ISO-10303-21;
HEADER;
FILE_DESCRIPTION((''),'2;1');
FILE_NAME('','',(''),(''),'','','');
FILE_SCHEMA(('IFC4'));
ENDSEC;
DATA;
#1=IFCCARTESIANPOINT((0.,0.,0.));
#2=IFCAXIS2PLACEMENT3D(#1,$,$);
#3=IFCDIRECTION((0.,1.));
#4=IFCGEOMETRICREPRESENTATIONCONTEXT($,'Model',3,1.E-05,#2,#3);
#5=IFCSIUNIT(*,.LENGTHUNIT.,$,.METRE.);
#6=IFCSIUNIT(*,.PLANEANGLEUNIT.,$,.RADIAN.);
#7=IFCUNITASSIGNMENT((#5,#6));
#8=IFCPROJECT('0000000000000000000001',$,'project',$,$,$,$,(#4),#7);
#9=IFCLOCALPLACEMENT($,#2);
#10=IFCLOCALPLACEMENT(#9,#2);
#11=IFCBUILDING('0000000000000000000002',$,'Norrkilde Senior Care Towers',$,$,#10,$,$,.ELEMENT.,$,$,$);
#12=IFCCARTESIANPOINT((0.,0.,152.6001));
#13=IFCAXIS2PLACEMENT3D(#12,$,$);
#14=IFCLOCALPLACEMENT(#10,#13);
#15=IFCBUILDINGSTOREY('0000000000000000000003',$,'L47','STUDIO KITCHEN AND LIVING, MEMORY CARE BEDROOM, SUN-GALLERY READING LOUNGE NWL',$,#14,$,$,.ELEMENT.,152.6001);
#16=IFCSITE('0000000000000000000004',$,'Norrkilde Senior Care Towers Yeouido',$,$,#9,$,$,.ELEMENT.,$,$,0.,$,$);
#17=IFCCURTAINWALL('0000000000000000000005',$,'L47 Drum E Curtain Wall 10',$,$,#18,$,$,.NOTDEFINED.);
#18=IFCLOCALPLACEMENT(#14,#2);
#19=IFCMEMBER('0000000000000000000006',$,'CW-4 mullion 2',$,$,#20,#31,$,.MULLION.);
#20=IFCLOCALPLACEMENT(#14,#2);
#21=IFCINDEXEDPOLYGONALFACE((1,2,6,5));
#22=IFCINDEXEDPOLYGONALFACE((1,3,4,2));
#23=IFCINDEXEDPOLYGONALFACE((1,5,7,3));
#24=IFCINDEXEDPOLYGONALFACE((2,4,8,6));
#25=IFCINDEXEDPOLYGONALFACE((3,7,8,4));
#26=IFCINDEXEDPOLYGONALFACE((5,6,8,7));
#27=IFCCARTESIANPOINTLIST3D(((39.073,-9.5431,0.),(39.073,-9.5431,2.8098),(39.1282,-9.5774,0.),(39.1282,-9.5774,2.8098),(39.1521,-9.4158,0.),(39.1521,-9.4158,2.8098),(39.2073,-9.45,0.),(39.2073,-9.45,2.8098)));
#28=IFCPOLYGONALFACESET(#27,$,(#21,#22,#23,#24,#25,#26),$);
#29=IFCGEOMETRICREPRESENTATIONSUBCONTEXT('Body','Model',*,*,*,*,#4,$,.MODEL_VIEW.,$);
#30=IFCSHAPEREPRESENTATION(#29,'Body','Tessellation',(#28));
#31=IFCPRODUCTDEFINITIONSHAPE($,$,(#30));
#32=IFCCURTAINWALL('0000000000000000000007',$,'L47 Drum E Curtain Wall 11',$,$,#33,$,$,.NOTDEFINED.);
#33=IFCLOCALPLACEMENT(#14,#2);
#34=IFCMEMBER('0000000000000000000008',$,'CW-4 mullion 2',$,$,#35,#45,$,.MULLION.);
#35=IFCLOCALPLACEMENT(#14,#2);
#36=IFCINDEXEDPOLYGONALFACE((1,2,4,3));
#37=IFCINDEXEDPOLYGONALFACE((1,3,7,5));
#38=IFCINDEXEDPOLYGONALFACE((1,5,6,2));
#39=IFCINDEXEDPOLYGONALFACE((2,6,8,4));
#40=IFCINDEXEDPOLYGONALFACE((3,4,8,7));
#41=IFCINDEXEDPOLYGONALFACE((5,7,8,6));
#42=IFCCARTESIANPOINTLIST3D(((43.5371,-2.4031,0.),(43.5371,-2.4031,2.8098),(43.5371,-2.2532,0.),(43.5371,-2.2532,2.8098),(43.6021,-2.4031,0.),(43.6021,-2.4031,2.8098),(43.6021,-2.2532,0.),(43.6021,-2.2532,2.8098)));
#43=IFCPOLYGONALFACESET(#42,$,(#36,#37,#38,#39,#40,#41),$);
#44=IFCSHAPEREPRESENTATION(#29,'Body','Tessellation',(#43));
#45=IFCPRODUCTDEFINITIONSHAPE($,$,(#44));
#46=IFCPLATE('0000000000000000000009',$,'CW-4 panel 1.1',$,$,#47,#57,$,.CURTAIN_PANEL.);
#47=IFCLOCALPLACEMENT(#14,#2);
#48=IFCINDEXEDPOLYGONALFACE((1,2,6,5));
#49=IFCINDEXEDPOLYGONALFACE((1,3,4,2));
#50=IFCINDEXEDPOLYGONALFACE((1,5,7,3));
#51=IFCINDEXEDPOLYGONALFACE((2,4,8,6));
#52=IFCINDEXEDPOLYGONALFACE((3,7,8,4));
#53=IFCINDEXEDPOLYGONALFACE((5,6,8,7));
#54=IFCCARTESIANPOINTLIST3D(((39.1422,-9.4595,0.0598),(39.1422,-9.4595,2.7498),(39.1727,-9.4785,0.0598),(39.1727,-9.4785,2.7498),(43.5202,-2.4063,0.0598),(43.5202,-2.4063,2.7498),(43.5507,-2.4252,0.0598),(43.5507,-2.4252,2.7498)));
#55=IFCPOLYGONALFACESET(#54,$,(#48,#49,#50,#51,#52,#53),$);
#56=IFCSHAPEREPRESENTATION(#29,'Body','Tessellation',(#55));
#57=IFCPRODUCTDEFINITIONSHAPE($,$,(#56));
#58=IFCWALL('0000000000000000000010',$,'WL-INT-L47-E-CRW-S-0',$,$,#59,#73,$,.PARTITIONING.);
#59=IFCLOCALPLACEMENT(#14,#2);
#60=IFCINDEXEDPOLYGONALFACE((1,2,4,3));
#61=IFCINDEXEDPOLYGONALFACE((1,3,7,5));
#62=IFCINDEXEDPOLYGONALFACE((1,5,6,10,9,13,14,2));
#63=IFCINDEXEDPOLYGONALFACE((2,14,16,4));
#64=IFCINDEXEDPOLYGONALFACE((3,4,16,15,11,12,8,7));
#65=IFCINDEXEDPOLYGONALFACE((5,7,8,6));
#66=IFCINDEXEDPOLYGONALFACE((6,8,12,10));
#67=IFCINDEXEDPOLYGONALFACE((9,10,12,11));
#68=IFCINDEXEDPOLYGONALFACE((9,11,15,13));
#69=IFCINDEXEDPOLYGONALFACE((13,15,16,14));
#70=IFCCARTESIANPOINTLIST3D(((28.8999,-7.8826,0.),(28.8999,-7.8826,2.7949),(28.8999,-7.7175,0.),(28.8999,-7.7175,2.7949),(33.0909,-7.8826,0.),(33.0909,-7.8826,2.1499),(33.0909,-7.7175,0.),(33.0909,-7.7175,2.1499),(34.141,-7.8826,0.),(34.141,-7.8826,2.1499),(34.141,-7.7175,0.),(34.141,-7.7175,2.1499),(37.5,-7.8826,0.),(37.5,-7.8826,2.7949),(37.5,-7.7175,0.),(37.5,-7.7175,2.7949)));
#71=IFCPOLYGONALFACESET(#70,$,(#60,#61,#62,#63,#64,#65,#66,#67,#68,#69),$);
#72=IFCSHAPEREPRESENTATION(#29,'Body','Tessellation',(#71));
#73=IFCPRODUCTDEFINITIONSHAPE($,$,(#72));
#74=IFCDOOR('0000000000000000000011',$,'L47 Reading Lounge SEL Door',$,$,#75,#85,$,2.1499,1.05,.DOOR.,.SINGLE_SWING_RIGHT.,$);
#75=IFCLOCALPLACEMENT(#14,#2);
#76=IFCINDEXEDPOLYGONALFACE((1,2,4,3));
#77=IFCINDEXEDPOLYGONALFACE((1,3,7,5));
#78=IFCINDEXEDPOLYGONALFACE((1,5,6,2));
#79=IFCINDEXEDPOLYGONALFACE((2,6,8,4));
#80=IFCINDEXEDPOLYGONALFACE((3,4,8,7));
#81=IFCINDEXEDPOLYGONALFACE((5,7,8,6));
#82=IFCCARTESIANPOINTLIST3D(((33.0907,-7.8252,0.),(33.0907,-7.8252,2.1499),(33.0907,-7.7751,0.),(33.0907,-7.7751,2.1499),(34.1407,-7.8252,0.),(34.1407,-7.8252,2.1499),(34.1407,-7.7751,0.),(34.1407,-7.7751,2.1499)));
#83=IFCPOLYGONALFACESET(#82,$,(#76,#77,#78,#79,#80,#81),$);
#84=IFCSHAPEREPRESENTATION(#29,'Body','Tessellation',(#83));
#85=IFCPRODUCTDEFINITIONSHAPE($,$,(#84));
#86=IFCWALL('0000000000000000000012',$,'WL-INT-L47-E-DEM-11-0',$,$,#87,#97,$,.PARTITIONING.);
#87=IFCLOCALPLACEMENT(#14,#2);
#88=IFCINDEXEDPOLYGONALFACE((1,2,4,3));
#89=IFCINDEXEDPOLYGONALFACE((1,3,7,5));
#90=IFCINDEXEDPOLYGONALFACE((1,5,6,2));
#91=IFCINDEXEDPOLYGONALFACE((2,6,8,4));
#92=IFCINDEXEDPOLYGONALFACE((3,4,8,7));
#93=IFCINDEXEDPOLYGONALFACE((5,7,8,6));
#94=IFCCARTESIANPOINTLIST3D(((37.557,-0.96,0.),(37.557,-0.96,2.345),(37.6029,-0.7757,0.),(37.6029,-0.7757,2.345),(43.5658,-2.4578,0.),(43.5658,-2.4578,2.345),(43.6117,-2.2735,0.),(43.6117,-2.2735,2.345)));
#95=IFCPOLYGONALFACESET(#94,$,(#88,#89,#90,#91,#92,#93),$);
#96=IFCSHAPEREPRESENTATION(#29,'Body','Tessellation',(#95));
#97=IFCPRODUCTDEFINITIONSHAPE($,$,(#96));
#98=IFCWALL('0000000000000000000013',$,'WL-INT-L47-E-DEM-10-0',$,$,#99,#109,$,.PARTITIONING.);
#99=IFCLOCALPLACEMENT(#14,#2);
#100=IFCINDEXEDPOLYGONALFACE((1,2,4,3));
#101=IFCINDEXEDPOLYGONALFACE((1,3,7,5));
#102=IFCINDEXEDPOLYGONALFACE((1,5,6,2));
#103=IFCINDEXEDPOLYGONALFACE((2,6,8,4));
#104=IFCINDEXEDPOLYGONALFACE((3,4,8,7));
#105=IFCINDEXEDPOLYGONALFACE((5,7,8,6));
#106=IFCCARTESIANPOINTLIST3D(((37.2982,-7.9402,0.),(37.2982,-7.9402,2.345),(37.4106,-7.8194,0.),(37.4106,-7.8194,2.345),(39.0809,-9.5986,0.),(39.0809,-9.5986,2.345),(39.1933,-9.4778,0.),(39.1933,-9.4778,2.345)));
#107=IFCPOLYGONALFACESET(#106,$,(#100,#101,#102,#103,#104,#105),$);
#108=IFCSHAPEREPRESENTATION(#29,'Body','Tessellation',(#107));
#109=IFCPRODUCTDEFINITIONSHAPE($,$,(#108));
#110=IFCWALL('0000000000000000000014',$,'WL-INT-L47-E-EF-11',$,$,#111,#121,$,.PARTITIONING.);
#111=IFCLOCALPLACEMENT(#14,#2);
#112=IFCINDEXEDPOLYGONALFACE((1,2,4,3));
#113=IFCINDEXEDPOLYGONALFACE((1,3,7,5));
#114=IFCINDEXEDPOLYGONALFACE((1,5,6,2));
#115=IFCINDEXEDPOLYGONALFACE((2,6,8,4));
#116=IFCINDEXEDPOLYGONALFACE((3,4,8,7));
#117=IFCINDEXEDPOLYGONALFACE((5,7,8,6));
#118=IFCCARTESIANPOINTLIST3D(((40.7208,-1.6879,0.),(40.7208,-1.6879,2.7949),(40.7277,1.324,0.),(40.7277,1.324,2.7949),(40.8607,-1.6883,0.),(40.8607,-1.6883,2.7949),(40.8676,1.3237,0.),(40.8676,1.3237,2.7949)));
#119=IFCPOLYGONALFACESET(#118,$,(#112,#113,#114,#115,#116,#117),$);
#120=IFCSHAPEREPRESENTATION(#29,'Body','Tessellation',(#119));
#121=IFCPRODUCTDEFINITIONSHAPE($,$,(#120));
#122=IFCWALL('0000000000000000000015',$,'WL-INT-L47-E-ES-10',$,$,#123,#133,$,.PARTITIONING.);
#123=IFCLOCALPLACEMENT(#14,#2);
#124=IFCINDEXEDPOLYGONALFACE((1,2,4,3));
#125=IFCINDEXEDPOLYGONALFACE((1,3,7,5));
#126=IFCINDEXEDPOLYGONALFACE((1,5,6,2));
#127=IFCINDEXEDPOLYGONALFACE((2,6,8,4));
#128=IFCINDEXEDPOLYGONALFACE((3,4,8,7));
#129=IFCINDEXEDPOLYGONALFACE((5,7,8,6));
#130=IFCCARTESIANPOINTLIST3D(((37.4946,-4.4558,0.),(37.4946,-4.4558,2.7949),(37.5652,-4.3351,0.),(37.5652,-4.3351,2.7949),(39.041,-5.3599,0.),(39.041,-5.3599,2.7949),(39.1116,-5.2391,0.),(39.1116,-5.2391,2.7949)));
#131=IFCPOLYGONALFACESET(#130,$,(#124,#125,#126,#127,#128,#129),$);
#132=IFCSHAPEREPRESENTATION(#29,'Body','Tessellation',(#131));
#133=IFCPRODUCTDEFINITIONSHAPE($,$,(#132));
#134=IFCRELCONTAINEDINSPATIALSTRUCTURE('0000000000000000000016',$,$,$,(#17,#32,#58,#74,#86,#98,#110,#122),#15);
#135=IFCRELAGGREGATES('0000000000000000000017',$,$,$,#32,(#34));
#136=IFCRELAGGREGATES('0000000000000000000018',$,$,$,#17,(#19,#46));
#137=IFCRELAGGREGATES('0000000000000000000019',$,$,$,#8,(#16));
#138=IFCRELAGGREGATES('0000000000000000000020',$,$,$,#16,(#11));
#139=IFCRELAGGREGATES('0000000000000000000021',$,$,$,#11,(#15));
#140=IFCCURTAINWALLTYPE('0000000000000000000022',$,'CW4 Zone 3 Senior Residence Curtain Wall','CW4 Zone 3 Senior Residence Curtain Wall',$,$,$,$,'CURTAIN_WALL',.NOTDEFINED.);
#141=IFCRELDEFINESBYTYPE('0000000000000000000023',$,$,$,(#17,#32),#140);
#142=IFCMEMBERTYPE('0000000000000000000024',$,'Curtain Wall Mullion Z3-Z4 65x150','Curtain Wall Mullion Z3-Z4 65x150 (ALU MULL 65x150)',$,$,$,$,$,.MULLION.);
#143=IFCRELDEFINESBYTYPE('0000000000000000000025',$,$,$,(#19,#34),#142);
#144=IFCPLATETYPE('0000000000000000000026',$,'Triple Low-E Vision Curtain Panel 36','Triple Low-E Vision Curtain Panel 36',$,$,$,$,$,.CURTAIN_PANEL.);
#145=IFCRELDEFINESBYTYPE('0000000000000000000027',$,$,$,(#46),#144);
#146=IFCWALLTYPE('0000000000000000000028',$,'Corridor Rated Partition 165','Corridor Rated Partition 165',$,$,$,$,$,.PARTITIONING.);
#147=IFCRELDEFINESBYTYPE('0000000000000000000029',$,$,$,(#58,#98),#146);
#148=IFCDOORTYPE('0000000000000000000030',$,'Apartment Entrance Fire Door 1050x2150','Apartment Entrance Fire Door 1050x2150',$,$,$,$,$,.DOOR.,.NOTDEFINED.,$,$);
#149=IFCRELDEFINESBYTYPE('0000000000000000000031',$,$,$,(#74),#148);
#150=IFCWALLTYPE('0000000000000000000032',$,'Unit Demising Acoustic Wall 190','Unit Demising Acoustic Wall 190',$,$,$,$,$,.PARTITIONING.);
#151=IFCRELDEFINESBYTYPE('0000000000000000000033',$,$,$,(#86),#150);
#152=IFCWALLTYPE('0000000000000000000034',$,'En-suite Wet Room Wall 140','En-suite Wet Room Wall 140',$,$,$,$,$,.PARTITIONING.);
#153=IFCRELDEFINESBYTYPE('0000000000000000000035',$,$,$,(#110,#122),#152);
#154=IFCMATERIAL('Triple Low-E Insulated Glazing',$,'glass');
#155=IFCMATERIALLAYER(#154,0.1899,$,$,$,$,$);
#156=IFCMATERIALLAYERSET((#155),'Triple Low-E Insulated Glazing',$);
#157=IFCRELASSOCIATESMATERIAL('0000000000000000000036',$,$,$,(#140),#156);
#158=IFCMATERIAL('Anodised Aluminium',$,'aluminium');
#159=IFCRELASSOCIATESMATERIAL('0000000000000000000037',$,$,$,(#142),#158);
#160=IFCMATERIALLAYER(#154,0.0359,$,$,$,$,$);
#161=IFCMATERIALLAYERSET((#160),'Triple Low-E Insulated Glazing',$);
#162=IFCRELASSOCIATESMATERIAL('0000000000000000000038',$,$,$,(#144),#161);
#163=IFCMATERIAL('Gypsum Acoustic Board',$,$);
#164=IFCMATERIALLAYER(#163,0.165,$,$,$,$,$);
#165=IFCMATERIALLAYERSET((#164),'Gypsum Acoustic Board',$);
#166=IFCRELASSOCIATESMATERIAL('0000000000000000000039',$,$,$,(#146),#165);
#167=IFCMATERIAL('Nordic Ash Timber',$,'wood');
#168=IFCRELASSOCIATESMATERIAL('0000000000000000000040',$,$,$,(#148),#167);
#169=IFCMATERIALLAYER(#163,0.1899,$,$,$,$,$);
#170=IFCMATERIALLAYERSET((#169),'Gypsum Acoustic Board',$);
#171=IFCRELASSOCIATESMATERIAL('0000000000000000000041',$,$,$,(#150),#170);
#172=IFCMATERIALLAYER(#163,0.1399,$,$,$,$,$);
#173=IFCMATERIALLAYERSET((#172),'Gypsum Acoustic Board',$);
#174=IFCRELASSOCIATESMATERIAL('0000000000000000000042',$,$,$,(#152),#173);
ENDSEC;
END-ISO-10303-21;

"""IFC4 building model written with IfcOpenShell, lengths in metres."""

from ifc_helpers import new_model, si_unit, direction, frame, frame_2d, origin, origin_2d, place, context, subcontext, project, spatial, rectangle, extrude, source, transform, mapped, material, layer, layer_set, material_profile, profile_set, type_object, type_shapes, element, fill, aggregate, save


model = new_model("IFC4")

# Units and contexts
model_context = context("Model", 3, precision=1e-05, world=origin(), true_north=direction((0.0, 1.0)))
body_context = subcontext(model_context, "Body", "Model", "MODEL_VIEW")
ifc_project = project(units=[si_unit("LENGTHUNIT", "METRE"), si_unit("PLANEANGLEUNIT", "RADIAN")], contexts=[model_context])

# Site, building, storey
site_placement = place(None, origin())
site = spatial("IfcSite", under=ifc_project, at=site_placement, Name="Norrkilde Senior Care Towers Yeouido", CompositionType="ELEMENT", RefElevation=0.0)
building_placement = place(site_placement, origin())
building = spatial("IfcBuilding", under=site, at=building_placement, Name="Norrkilde Senior Care Towers", CompositionType="ELEMENT")
storey_placement = place(building_placement, frame((0.0, 0.0, 152.6001)))
storey = spatial("IfcBuildingStorey", under=building, at=storey_placement, Name="L47", Description="STUDIO KITCHEN AND LIVING, MEMORY CARE BEDROOM, SUN-GALLERY READING LOUNGE NWL", CompositionType="ELEMENT", Elevation=152.6001)

# Curtain wall
ifc_material_1 = material(Name="Triple Low-E Insulated Glazing", Category="glass")
ifc_layer_1 = layer(ifc_material_1, 0.1899)
ifc_layer_set_1 = layer_set([ifc_layer_1], Name="Triple Low-E Insulated Glazing")
curtain_wall_type = type_object("IfcCurtainWallType", Name="CW4 Zone 3 Senior Residence Curtain Wall", Description="CW4 Zone 3 Senior Residence Curtain Wall", ElementType="CURTAIN_WALL", PredefinedType="NOTDEFINED", material=ifc_layer_set_1)
curtain_wall_1_placement = place(storey_placement, origin())
curtain_wall_1 = element("IfcCurtainWall", 1, at=curtain_wall_1_placement, inside=storey, type_object=curtain_wall_type, Name="L47 Drum E Curtain Wall 10", PredefinedType="NOTDEFINED")
ifc_material_2 = material(Name="Anodised Aluminium", Category="aluminium")
ifc_material_profile_1 = material_profile(ifc_material_2, rectangle(XDim=0.0649, YDim=0.1499, at=origin_2d()), Name="ALU MULL 65x150")
ifc_profile_set_1 = profile_set([ifc_material_profile_1], Name="Anodised Aluminium")
member_type_1 = type_object("IfcMemberType", Name="Curtain Wall Mullion Z3-Z4 65x150", Description="Curtain Wall Mullion Z3-Z4 65x150 (ALU MULL 65x150)", PredefinedType="MULLION", material=ifc_profile_set_1)
shared_shape_1 = source(origin(), body_context, "Body", "SweptSolid", [
    extrude(rectangle(XDim=0.0649, YDim=0.1499, at=origin_2d()), origin(), (0.0, 0.0, 1.0), 2.8098),
])
type_shapes(member_type_1, [shared_shape_1])

# Member
member_1_placement = place(storey_placement, frame((39.1401, -9.4966, 0.0), z_axis=(0.0, 0.0, 1.0), x_axis=(0.849634, -0.527373, 0.0)))
member_1 = element("IfcMember", 2, at=member_1_placement, type_object=member_type_1, Name="CW-4 mullion 2", PredefinedType="MULLION", context=body_context, shape_type="MappedRepresentation", body=[
    mapped(shared_shape_1, transform((0.0, 0.0, 0.0), x_axis=(1.0, 0.0, 0.0), y_axis=(0.0, 1.0, 0.0), z_axis=(0.0, 0.0, 1.0), scale=1.0)),
])

# Curtain wall, member
curtain_wall_2_placement = place(storey_placement, origin())
curtain_wall_2 = element("IfcCurtainWall", 3, at=curtain_wall_2_placement, inside=storey, type_object=curtain_wall_type, Name="L47 Drum E Curtain Wall 11", PredefinedType="NOTDEFINED")
member_2_placement = place(storey_placement, frame((43.5696, -2.3281, 0.0), z_axis=(0.0, 0.0, 1.0), x_axis=(1.0, 0.0, 0.0)))
member_2 = element("IfcMember", 4, at=member_2_placement, type_object=member_type_1, Name="CW-4 mullion 2", PredefinedType="MULLION", context=body_context, shape_type="MappedRepresentation", body=[
    mapped(shared_shape_1, transform((0.0, 0.0, 0.0), x_axis=(1.0, 0.0, 0.0), y_axis=(0.0, 1.0, 0.0), z_axis=(0.0, 0.0, 1.0), scale=1.0)),
])
aggregate(curtain_wall_2, [member_2])

# Plate
ifc_layer_2 = layer(ifc_material_1, 0.0359)
ifc_layer_set_2 = layer_set([ifc_layer_2], Name="Triple Low-E Insulated Glazing")
plate_type = type_object("IfcPlateType", Name="Triple Low-E Vision Curtain Panel 36", Description="Triple Low-E Vision Curtain Panel 36", PredefinedType="CURTAIN_PANEL", material=ifc_layer_set_2)
shared_shape_2 = source(origin(), body_context, "Body", "SweptSolid", [
    extrude(rectangle(XDim=8.3015, YDim=0.0359, at=origin_2d()), origin(), (0.0, 0.0, 1.0), 2.6899),
])
type_shapes(plate_type, [shared_shape_2])
plate_placement = place(storey_placement, frame((41.3464, -5.9424, 0.0598), z_axis=(0.0, 0.0, 1.0), x_axis=(-0.527373, -0.849634, 0.0)))
plate = element("IfcPlate", 5, at=plate_placement, type_object=plate_type, Name="CW-4 panel 1.1", PredefinedType="CURTAIN_PANEL", context=body_context, shape_type="MappedRepresentation", body=[
    mapped(shared_shape_2, transform((0.0, 0.0, 0.0), x_axis=(1.0, 0.0, 0.0), y_axis=(0.0, 1.0, 0.0), z_axis=(0.0, 0.0, 1.0), scale=1.0)),
])
aggregate(curtain_wall_1, [member_1, plate])

# Wall, opening, door
ifc_material_3 = material(Name="Gypsum Acoustic Board")
ifc_layer_3 = layer(ifc_material_3, 0.165)
ifc_layer_set_3 = layer_set([ifc_layer_3], Name="Gypsum Acoustic Board")
wall_type_1 = type_object("IfcWallType", Name="Corridor Rated Partition 165", Description="Corridor Rated Partition 165", PredefinedType="PARTITIONING", material=ifc_layer_set_3)
shared_shape_3 = source(origin(), body_context, "Body", "SweptSolid", [
    extrude(rectangle(XDim=8.6001, YDim=0.165, at=frame_2d((4.3, 0.0))), origin(), (0.0, 0.0, 1.0), 2.7949),
])
wall_1_placement = place(storey_placement, frame((37.5, -7.8, 0.0), z_axis=(0.0, 0.0, 1.0), x_axis=(-1.0, 0.0, 0.0)))
wall_1 = element("IfcWall", 6, at=wall_1_placement, inside=storey, type_object=wall_type_1, Name="WL-INT-L47-E-CRW-S-0", PredefinedType="PARTITIONING", context=body_context, shape_type="MappedRepresentation", body=[
    mapped(shared_shape_3, transform((0.0, 0.0, 0.0), x_axis=(1.0, 0.0, 0.0), y_axis=(0.0, 1.0, 0.0), z_axis=(0.0, 0.0, 1.0), scale=1.0)),
])
opening_1_placement = place(wall_1_placement, frame((3.3591, 0.0, 0.0)))
opening_1 = element("IfcOpeningElement", 7, at=opening_1_placement, cuts=wall_1, PredefinedType="OPENING", context=body_context, shape_type="SweptSolid", body=[
    extrude(rectangle(XDim=1.05, YDim=2.1499, at=frame_2d((0.5249, 1.075))), frame((0.0, 0.0925, 0.0), z_axis=(0.0, -1.0, 0.0), x_axis=(1.0, 0.0, 0.0)), (0.0, 0.0, 1.0), 0.1851),
])
ifc_material_4 = material(Name="Nordic Ash Timber", Category="wood")
door_type_1 = type_object("IfcDoorType", Name="Apartment Entrance Fire Door 1050x2150", Description="Apartment Entrance Fire Door 1050x2150", OperationType="NOTDEFINED", PredefinedType="DOOR", material=ifc_material_4)
shared_shape_4 = source(origin(), body_context, "Body", "SweptSolid", [
    extrude(rectangle(XDim=1.05, YDim=2.1499, at=frame_2d((0.5249, 1.075))), frame((0.0, 0.0249, 0.0), z_axis=(0.0, -1.0, 0.0), x_axis=(1.0, 0.0, 0.0)), (0.0, 0.0, 1.0), 0.05),
])
type_shapes(door_type_1, [shared_shape_4])
door_1_placement = place(opening_1_placement, frame((1.05, 0.0, 0.0), z_axis=(0.0, 0.0, 1.0), x_axis=(-1.0, 0.0, 0.0)))
door_1 = element("IfcDoor", 8, at=door_1_placement, inside=storey, type_object=door_type_1, Name="L47 Reading Lounge SEL Door", OperationType="SINGLE_SWING_RIGHT", OverallHeight=2.1499, OverallWidth=1.05, PredefinedType="DOOR", context=body_context, shape_type="MappedRepresentation", body=[
    mapped(shared_shape_4, transform((0.0, 0.0, 0.0), x_axis=(1.0, 0.0, 0.0), y_axis=(0.0, 1.0, 0.0), z_axis=(0.0, 0.0, 1.0), scale=1.0)),
])
fill(opening_1, door_1)

# Walls
ifc_layer_4 = layer(ifc_material_3, 0.1899)
ifc_layer_set_4 = layer_set([ifc_layer_4], Name="Gypsum Acoustic Board")
wall_type_2 = type_object("IfcWallType", Name="Unit Demising Acoustic Wall 190", Description="Unit Demising Acoustic Wall 190", PredefinedType="PARTITIONING", material=ifc_layer_set_4)
shared_shape_5 = source(origin(), body_context, "Body", "SweptSolid", [
    extrude(rectangle(XDim=6.1926, YDim=0.1899, at=frame_2d((3.0962, 0.0))), origin(), (0.0, 0.0, 1.0), 2.345),
])
type_shapes(wall_type_2, [shared_shape_5])
wall_2_placement = place(storey_placement, frame((37.5801, -0.8679, 0.0), z_axis=(0.0, 0.0, 1.0), x_axis=(0.970309, -0.241868, 0.0)))
element("IfcWall", 9, at=wall_2_placement, inside=storey, type_object=wall_type_2, Name="WL-INT-L47-E-DEM-11-0", PredefinedType="PARTITIONING", context=body_context, shape_type="MappedRepresentation", body=[
    mapped(shared_shape_5, transform((0.0, 0.0, 0.0), x_axis=(1.0, 0.0, 0.0), y_axis=(0.0, 1.0, 0.0), z_axis=(0.0, 0.0, 1.0), scale=1.0)),
])
shared_shape_6 = source(origin(), body_context, "Body", "SweptSolid", [
    extrude(rectangle(XDim=2.4348, YDim=0.165, at=frame_2d((1.2173, 0.0))), origin(), (0.0, 0.0, 1.0), 2.345),
])
type_shapes(wall_type_1, [shared_shape_3, shared_shape_6])
wall_3_placement = place(storey_placement, frame((37.3545, -7.8799, 0.0), z_axis=(0.0, 0.0, 1.0), x_axis=(0.732165, -0.681128, 0.0)))
element("IfcWall", 10, at=wall_3_placement, inside=storey, type_object=wall_type_1, Name="WL-INT-L47-E-DEM-10-0", PredefinedType="PARTITIONING", context=body_context, shape_type="MappedRepresentation", body=[
    mapped(shared_shape_6, transform((0.0, 0.0, 0.0), x_axis=(1.0, 0.0, 0.0), y_axis=(0.0, 1.0, 0.0), z_axis=(0.0, 0.0, 1.0), scale=1.0)),
])
ifc_layer_5 = layer(ifc_material_3, 0.1399)
ifc_layer_set_5 = layer_set([ifc_layer_5], Name="Gypsum Acoustic Board")
wall_type_3 = type_object("IfcWallType", Name="En-suite Wet Room Wall 140", Description="En-suite Wet Room Wall 140", PredefinedType="PARTITIONING", material=ifc_layer_set_5)
shared_shape_7 = source(origin(), body_context, "Body", "SweptSolid", [
    extrude(rectangle(XDim=3.012, YDim=0.1399, at=frame_2d((1.5059, 0.0))), origin(), (0.0, 0.0, 1.0), 2.7949),
])
wall_4_placement = place(storey_placement, frame((40.7976, 1.3237, 0.0), z_axis=(0.0, 0.0, 1.0), x_axis=(-0.00227, -0.999997, 0.0)))
element("IfcWall", 11, at=wall_4_placement, inside=storey, type_object=wall_type_3, Name="WL-INT-L47-E-EF-11", PredefinedType="PARTITIONING", context=body_context, shape_type="MappedRepresentation", body=[
    mapped(shared_shape_7, transform((0.0, 0.0, 0.0), x_axis=(1.0, 0.0, 0.0), y_axis=(0.0, 1.0, 0.0), z_axis=(0.0, 0.0, 1.0), scale=1.0)),
])
shared_shape_8 = source(origin(), body_context, "Body", "SweptSolid", [
    extrude(rectangle(XDim=1.7913, YDim=0.1399, at=frame_2d((0.8955, 0.0))), origin(), (0.0, 0.0, 1.0), 2.7949),
])
wall_5_placement = place(storey_placement, frame((37.53, -4.3955, 0.0), z_axis=(0.0, 0.0, 1.0), x_axis=(0.863294, -0.504701, 0.0)))
element("IfcWall", 12, at=wall_5_placement, inside=storey, type_object=wall_type_3, Name="WL-INT-L47-E-ES-10", PredefinedType="PARTITIONING", context=body_context, shape_type="MappedRepresentation", body=[
    mapped(shared_shape_8, transform((0.0, 0.0, 0.0), x_axis=(1.0, 0.0, 0.0), y_axis=(0.0, 1.0, 0.0), z_axis=(0.0, 0.0, 1.0), scale=1.0)),
])

save(model, "model.ifc")
